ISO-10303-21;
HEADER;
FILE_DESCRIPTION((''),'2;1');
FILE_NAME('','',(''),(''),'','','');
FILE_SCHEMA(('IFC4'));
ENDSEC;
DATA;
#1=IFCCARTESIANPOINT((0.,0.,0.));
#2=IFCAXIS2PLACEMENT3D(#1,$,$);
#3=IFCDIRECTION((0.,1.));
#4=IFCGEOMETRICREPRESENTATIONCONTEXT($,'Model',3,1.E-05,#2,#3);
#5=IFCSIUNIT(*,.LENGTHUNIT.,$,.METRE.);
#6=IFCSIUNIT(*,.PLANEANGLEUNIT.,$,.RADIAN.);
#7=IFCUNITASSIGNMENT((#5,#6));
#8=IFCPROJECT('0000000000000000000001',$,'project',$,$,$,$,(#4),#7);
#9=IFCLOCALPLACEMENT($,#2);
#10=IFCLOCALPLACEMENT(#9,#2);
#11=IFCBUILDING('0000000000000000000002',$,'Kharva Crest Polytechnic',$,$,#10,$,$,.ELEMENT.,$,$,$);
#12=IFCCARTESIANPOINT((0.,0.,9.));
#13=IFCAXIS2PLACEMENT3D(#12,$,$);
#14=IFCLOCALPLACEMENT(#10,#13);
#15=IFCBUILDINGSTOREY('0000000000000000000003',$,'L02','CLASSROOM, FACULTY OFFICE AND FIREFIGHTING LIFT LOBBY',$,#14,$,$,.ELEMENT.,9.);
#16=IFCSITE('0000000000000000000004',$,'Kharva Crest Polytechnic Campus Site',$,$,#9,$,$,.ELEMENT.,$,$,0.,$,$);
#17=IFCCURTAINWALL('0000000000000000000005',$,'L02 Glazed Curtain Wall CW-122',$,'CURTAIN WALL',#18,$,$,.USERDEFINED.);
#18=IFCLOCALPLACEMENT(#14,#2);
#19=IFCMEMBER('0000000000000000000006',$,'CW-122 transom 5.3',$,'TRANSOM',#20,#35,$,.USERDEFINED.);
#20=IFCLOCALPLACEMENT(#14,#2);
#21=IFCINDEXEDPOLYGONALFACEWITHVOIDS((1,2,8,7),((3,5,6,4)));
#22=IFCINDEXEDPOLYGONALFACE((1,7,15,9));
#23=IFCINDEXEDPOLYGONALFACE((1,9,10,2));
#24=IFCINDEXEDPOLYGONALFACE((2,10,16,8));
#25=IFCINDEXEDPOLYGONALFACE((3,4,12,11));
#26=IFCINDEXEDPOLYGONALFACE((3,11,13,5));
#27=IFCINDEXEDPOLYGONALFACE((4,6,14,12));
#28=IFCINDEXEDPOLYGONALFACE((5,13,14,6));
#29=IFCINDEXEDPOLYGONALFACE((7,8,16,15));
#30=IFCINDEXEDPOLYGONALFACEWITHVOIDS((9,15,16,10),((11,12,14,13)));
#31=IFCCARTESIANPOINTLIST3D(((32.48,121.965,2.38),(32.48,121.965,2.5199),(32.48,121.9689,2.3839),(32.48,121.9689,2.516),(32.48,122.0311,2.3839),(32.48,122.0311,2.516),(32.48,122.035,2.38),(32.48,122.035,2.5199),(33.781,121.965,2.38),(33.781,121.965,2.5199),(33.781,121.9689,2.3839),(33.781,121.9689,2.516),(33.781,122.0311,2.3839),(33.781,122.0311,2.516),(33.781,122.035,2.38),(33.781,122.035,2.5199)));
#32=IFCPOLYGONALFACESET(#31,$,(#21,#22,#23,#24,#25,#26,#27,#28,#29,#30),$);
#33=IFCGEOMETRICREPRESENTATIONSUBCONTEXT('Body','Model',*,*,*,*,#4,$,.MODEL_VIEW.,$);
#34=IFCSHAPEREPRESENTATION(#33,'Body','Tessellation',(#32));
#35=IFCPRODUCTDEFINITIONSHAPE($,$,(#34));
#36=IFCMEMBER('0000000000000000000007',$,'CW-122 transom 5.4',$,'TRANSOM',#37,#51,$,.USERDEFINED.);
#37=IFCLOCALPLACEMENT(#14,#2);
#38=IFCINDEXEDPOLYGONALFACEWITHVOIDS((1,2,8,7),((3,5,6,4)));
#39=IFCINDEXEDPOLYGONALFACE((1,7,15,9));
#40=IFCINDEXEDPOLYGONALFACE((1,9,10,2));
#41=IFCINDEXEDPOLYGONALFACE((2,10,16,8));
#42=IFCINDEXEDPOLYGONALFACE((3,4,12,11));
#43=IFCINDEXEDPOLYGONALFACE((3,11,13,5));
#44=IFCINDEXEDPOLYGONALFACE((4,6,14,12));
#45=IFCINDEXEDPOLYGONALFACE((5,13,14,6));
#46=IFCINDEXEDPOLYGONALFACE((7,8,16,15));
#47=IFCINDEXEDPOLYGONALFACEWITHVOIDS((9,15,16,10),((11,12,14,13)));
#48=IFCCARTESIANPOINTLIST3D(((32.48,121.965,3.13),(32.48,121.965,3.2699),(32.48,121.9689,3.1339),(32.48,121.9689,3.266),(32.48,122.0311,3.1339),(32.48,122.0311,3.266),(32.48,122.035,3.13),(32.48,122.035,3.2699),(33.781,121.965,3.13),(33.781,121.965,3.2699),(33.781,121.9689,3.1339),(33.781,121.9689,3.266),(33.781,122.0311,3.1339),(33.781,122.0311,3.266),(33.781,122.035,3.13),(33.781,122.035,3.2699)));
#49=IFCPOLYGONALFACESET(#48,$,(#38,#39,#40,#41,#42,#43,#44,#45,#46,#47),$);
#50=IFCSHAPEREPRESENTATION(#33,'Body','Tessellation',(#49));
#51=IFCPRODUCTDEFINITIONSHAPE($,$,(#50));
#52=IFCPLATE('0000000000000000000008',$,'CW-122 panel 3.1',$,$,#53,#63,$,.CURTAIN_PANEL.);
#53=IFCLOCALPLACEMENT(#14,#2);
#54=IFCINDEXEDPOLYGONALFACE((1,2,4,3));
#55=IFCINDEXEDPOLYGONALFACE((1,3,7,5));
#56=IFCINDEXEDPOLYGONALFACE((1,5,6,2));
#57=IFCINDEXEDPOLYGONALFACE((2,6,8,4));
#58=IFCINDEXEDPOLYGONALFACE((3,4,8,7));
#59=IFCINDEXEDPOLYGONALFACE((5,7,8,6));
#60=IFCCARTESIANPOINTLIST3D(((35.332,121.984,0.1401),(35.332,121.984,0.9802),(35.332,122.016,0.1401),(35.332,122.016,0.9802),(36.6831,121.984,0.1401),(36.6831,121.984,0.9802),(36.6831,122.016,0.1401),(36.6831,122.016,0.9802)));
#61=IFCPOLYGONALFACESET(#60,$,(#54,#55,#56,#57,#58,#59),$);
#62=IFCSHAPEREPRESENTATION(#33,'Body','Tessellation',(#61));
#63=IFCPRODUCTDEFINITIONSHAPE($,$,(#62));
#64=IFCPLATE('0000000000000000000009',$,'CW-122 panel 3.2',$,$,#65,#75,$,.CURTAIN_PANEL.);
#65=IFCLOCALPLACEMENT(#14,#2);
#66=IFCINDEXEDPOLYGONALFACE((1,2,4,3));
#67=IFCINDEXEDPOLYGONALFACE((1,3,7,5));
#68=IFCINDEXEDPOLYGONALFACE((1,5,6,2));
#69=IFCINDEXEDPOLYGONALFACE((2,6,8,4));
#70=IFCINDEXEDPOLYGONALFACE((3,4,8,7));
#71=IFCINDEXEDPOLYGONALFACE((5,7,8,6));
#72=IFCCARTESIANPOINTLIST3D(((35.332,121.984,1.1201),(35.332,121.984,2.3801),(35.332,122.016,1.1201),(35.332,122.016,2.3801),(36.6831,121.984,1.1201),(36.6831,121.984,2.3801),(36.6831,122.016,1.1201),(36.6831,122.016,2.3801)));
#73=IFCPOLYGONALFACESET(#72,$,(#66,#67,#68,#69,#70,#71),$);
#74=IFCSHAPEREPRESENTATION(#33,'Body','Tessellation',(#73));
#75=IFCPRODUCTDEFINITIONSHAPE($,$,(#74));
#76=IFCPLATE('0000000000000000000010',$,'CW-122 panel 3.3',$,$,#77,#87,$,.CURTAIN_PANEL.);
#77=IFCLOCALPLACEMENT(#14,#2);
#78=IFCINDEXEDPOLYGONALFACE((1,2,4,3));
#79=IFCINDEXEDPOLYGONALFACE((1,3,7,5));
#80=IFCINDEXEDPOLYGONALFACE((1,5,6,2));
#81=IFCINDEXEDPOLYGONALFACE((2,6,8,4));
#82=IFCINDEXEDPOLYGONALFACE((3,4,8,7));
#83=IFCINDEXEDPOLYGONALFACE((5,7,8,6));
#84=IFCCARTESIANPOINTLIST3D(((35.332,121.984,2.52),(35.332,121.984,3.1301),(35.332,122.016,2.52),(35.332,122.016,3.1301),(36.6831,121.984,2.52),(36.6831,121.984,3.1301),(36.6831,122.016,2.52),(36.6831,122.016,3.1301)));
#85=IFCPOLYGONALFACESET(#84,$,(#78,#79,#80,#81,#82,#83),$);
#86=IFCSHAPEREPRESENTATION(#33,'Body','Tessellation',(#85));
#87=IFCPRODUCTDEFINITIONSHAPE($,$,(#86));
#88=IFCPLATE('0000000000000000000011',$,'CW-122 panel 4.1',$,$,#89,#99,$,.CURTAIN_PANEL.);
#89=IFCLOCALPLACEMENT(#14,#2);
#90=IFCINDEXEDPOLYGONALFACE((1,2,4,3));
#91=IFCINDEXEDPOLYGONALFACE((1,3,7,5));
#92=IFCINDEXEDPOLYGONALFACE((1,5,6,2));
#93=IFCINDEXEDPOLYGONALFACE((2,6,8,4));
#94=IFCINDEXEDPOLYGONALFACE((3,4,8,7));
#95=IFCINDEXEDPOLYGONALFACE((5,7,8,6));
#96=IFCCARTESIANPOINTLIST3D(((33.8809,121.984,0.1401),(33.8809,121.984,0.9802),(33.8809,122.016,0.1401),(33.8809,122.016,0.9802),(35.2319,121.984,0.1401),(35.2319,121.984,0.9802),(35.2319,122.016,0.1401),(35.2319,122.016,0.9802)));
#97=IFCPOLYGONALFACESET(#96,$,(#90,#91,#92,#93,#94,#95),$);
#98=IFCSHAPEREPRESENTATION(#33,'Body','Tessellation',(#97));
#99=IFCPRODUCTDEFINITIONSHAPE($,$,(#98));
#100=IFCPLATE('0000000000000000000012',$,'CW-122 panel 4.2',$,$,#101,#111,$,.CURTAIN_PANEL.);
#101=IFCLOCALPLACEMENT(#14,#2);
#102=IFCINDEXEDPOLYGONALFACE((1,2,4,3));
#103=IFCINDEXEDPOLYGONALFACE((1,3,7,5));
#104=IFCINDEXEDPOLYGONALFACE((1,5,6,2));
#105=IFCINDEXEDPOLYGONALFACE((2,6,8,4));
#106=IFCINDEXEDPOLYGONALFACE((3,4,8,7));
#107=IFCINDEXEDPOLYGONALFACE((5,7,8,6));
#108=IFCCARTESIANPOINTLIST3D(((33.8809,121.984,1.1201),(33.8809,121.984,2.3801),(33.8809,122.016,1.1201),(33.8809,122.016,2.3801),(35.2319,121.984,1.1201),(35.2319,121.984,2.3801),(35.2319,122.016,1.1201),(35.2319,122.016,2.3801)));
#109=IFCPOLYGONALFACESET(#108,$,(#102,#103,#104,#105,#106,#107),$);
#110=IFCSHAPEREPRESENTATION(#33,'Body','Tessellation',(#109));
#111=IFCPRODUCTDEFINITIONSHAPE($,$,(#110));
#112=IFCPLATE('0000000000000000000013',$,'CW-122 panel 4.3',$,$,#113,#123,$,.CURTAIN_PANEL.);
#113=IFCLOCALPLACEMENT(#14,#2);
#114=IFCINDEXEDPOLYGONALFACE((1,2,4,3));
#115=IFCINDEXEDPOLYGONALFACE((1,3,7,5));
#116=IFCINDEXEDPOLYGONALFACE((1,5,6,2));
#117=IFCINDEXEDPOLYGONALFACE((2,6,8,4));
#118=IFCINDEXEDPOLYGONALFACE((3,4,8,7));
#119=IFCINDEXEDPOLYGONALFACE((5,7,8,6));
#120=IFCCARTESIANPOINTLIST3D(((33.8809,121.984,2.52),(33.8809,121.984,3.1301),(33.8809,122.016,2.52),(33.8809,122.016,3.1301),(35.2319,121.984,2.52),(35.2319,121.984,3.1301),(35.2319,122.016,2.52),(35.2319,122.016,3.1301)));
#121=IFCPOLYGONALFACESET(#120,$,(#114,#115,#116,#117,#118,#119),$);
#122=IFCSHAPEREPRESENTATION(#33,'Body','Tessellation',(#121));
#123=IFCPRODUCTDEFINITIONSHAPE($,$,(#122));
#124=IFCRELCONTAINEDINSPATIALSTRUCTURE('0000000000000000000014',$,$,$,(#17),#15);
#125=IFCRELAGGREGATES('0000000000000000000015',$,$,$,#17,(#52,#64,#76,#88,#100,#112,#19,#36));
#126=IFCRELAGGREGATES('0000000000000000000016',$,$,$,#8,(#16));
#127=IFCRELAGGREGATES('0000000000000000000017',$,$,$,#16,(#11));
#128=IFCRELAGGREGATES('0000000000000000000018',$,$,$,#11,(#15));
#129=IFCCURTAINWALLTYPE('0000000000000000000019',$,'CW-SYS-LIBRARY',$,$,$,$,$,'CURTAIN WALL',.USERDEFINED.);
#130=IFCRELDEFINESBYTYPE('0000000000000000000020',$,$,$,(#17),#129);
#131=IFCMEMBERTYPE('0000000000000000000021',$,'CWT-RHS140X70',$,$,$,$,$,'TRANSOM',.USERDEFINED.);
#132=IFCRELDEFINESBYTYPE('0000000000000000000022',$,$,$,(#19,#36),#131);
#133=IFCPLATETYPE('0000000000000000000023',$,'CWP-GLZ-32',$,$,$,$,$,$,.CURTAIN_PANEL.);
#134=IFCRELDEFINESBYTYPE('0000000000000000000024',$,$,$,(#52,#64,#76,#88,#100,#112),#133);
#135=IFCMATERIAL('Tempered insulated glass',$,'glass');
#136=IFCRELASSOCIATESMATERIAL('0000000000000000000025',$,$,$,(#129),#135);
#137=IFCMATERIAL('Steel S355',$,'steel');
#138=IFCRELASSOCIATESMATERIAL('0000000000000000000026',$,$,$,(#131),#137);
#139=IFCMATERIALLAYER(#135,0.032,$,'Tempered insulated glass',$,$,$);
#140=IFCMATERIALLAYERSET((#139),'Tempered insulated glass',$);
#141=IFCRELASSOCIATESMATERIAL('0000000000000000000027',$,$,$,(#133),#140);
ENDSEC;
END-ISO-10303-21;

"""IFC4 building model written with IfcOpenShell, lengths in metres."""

from ifc_helpers import new_model, si_unit, direction, frame, origin, origin_2d, place, context, subcontext, project, spatial, rectangle, hollow_rectangle, extrude, material, layer, layer_set, material_profile, profile_set, type_object, element, aggregate, save


model = new_model("IFC4")

# Units and contexts
model_context = context("Model", 3, precision=1e-05, world=origin(), true_north=direction((0.0, 1.0)))
body_context = subcontext(model_context, "Body", "Model", "MODEL_VIEW")
ifc_project = project(units=[si_unit("LENGTHUNIT", "METRE"), si_unit("PLANEANGLEUNIT", "RADIAN")], contexts=[model_context])

# Site, building, storey
site_placement = place(None, origin())
site = spatial("IfcSite", under=ifc_project, at=site_placement, Name="Kharva Crest Polytechnic Campus Site", CompositionType="ELEMENT", RefElevation=0.0)
building_placement = place(site_placement, origin())
building = spatial("IfcBuilding", under=site, at=building_placement, Name="Kharva Crest Polytechnic", CompositionType="ELEMENT")
storey_placement = place(building_placement, frame((0.0, 0.0, 9.0)))
storey = spatial("IfcBuildingStorey", under=building, at=storey_placement, Name="L02", Description="CLASSROOM, FACULTY OFFICE AND FIREFIGHTING LIFT LOBBY", CompositionType="ELEMENT", Elevation=9.0)

# Curtain wall, members, plates
ifc_material_1 = material(Name="Tempered insulated glass", Category="glass")
curtain_wall_type = type_object("IfcCurtainWallType", Name="CW-SYS-LIBRARY", ElementType="CURTAIN WALL", PredefinedType="USERDEFINED", material=ifc_material_1)
curtain_wall_placement = place(storey_placement, origin())
curtain_wall = element("IfcCurtainWall", 1, at=curtain_wall_placement, inside=storey, type_object=curtain_wall_type, Name="L02 Glazed Curtain Wall CW-122", ObjectType="CURTAIN WALL", PredefinedType="USERDEFINED")
ifc_material_2 = material(Name="Steel S355", Category="steel")
ifc_material_profile_1 = material_profile(ifc_material_2, hollow_rectangle(XDim=0.0701, YDim=0.1399, WallThickness=0.0039, at=origin_2d()), Name="RHS 140X70X4.0")
ifc_profile_set_1 = profile_set([ifc_material_profile_1], Name="Steel S355")
member_type_1 = type_object("IfcMemberType", Name="CWT-RHS140X70", ElementType="TRANSOM", PredefinedType="USERDEFINED", material=ifc_profile_set_1)
member_1_placement = place(storey_placement, frame((33.781, 122.0, 2.45), z_axis=(-1.0, 0.0, 0.0), x_axis=(0.0, -1.0, 0.0)))
member_1 = element("IfcMember", 2, at=member_1_placement, type_object=member_type_1, Name="CW-122 transom 5.3", ObjectType="TRANSOM", PredefinedType="USERDEFINED", context=body_context, shape_type="SweptSolid", body=[
    extrude(hollow_rectangle(XDim=0.0701, YDim=0.1399, WallThickness=0.0039, at=origin_2d()), origin(), (0.0, 0.0, 1.0), 1.301),
])
member_2_placement = place(storey_placement, frame((33.781, 122.0, 3.2), z_axis=(-1.0, 0.0, 0.0), x_axis=(0.0, -1.0, 0.0)))
member_2 = element("IfcMember", 3, at=member_2_placement, type_object=member_type_1, Name="CW-122 transom 5.4", ObjectType="TRANSOM", PredefinedType="USERDEFINED", context=body_context, shape_type="SweptSolid", body=[
    extrude(hollow_rectangle(XDim=0.0701, YDim=0.1399, WallThickness=0.0039, at=origin_2d()), origin(), (0.0, 0.0, 1.0), 1.301),
])
ifc_layer = layer(ifc_material_1, 0.032, Name="Tempered insulated glass")
ifc_layer_set = layer_set([ifc_layer], Name="Tempered insulated glass")
plate_type = type_object("IfcPlateType", Name="CWP-GLZ-32", PredefinedType="CURTAIN_PANEL", material=ifc_layer_set)
plate_1_placement = place(storey_placement, frame((36.0076, 122.0, 0.1401), z_axis=(0.0, 0.0, 1.0), x_axis=(-1.0, 0.0, 0.0)))
plate_1 = element("IfcPlate", 4, at=plate_1_placement, type_object=plate_type, Name="CW-122 panel 3.1", PredefinedType="CURTAIN_PANEL", context=body_context, shape_type="SweptSolid", body=[
    extrude(rectangle(XDim=1.3511, YDim=0.032, at=origin_2d()), origin(), (0.0, 0.0, 1.0), 0.8401),
])
plate_2_placement = place(storey_placement, frame((36.0076, 122.0, 1.1201), z_axis=(0.0, 0.0, 1.0), x_axis=(-1.0, 0.0, 0.0)))
plate_2 = element("IfcPlate", 5, at=plate_2_placement, type_object=plate_type, Name="CW-122 panel 3.2", PredefinedType="CURTAIN_PANEL", context=body_context, shape_type="SweptSolid", body=[
    extrude(rectangle(XDim=1.3511, YDim=0.032, at=origin_2d()), origin(), (0.0, 0.0, 1.0), 1.26),
])
plate_3_placement = place(storey_placement, frame((36.0076, 122.0, 2.52), z_axis=(0.0, 0.0, 1.0), x_axis=(-1.0, 0.0, 0.0)))
plate_3 = element("IfcPlate", 6, at=plate_3_placement, type_object=plate_type, Name="CW-122 panel 3.3", PredefinedType="CURTAIN_PANEL", context=body_context, shape_type="SweptSolid", body=[
    extrude(rectangle(XDim=1.3511, YDim=0.032, at=origin_2d()), origin(), (0.0, 0.0, 1.0), 0.6101),
])
plate_4_placement = place(storey_placement, frame((34.5564, 122.0, 0.1401), z_axis=(0.0, 0.0, 1.0), x_axis=(-1.0, 0.0, 0.0)))
plate_4 = element("IfcPlate", 7, at=plate_4_placement, type_object=plate_type, Name="CW-122 panel 4.1", PredefinedType="CURTAIN_PANEL", context=body_context, shape_type="SweptSolid", body=[
    extrude(rectangle(XDim=1.3511, YDim=0.032, at=origin_2d()), origin(), (0.0, 0.0, 1.0), 0.8401),
])
plate_5_placement = place(storey_placement, frame((34.5564, 122.0, 1.1201), z_axis=(0.0, 0.0, 1.0), x_axis=(-1.0, 0.0, 0.0)))
plate_5 = element("IfcPlate", 8, at=plate_5_placement, type_object=plate_type, Name="CW-122 panel 4.2", PredefinedType="CURTAIN_PANEL", context=body_context, shape_type="SweptSolid", body=[
    extrude(rectangle(XDim=1.3511, YDim=0.032, at=origin_2d()), origin(), (0.0, 0.0, 1.0), 1.26),
])
plate_6_placement = place(storey_placement, frame((34.5564, 122.0, 2.52), z_axis=(0.0, 0.0, 1.0), x_axis=(-1.0, 0.0, 0.0)))
plate_6 = element("IfcPlate", 9, at=plate_6_placement, type_object=plate_type, Name="CW-122 panel 4.3", PredefinedType="CURTAIN_PANEL", context=body_context, shape_type="SweptSolid", body=[
    extrude(rectangle(XDim=1.3511, YDim=0.032, at=origin_2d()), origin(), (0.0, 0.0, 1.0), 0.6101),
])
aggregate(curtain_wall, [plate_1, plate_2, plate_3, plate_4, plate_5, plate_6, member_1, member_2])

save(model, "model.ifc")
